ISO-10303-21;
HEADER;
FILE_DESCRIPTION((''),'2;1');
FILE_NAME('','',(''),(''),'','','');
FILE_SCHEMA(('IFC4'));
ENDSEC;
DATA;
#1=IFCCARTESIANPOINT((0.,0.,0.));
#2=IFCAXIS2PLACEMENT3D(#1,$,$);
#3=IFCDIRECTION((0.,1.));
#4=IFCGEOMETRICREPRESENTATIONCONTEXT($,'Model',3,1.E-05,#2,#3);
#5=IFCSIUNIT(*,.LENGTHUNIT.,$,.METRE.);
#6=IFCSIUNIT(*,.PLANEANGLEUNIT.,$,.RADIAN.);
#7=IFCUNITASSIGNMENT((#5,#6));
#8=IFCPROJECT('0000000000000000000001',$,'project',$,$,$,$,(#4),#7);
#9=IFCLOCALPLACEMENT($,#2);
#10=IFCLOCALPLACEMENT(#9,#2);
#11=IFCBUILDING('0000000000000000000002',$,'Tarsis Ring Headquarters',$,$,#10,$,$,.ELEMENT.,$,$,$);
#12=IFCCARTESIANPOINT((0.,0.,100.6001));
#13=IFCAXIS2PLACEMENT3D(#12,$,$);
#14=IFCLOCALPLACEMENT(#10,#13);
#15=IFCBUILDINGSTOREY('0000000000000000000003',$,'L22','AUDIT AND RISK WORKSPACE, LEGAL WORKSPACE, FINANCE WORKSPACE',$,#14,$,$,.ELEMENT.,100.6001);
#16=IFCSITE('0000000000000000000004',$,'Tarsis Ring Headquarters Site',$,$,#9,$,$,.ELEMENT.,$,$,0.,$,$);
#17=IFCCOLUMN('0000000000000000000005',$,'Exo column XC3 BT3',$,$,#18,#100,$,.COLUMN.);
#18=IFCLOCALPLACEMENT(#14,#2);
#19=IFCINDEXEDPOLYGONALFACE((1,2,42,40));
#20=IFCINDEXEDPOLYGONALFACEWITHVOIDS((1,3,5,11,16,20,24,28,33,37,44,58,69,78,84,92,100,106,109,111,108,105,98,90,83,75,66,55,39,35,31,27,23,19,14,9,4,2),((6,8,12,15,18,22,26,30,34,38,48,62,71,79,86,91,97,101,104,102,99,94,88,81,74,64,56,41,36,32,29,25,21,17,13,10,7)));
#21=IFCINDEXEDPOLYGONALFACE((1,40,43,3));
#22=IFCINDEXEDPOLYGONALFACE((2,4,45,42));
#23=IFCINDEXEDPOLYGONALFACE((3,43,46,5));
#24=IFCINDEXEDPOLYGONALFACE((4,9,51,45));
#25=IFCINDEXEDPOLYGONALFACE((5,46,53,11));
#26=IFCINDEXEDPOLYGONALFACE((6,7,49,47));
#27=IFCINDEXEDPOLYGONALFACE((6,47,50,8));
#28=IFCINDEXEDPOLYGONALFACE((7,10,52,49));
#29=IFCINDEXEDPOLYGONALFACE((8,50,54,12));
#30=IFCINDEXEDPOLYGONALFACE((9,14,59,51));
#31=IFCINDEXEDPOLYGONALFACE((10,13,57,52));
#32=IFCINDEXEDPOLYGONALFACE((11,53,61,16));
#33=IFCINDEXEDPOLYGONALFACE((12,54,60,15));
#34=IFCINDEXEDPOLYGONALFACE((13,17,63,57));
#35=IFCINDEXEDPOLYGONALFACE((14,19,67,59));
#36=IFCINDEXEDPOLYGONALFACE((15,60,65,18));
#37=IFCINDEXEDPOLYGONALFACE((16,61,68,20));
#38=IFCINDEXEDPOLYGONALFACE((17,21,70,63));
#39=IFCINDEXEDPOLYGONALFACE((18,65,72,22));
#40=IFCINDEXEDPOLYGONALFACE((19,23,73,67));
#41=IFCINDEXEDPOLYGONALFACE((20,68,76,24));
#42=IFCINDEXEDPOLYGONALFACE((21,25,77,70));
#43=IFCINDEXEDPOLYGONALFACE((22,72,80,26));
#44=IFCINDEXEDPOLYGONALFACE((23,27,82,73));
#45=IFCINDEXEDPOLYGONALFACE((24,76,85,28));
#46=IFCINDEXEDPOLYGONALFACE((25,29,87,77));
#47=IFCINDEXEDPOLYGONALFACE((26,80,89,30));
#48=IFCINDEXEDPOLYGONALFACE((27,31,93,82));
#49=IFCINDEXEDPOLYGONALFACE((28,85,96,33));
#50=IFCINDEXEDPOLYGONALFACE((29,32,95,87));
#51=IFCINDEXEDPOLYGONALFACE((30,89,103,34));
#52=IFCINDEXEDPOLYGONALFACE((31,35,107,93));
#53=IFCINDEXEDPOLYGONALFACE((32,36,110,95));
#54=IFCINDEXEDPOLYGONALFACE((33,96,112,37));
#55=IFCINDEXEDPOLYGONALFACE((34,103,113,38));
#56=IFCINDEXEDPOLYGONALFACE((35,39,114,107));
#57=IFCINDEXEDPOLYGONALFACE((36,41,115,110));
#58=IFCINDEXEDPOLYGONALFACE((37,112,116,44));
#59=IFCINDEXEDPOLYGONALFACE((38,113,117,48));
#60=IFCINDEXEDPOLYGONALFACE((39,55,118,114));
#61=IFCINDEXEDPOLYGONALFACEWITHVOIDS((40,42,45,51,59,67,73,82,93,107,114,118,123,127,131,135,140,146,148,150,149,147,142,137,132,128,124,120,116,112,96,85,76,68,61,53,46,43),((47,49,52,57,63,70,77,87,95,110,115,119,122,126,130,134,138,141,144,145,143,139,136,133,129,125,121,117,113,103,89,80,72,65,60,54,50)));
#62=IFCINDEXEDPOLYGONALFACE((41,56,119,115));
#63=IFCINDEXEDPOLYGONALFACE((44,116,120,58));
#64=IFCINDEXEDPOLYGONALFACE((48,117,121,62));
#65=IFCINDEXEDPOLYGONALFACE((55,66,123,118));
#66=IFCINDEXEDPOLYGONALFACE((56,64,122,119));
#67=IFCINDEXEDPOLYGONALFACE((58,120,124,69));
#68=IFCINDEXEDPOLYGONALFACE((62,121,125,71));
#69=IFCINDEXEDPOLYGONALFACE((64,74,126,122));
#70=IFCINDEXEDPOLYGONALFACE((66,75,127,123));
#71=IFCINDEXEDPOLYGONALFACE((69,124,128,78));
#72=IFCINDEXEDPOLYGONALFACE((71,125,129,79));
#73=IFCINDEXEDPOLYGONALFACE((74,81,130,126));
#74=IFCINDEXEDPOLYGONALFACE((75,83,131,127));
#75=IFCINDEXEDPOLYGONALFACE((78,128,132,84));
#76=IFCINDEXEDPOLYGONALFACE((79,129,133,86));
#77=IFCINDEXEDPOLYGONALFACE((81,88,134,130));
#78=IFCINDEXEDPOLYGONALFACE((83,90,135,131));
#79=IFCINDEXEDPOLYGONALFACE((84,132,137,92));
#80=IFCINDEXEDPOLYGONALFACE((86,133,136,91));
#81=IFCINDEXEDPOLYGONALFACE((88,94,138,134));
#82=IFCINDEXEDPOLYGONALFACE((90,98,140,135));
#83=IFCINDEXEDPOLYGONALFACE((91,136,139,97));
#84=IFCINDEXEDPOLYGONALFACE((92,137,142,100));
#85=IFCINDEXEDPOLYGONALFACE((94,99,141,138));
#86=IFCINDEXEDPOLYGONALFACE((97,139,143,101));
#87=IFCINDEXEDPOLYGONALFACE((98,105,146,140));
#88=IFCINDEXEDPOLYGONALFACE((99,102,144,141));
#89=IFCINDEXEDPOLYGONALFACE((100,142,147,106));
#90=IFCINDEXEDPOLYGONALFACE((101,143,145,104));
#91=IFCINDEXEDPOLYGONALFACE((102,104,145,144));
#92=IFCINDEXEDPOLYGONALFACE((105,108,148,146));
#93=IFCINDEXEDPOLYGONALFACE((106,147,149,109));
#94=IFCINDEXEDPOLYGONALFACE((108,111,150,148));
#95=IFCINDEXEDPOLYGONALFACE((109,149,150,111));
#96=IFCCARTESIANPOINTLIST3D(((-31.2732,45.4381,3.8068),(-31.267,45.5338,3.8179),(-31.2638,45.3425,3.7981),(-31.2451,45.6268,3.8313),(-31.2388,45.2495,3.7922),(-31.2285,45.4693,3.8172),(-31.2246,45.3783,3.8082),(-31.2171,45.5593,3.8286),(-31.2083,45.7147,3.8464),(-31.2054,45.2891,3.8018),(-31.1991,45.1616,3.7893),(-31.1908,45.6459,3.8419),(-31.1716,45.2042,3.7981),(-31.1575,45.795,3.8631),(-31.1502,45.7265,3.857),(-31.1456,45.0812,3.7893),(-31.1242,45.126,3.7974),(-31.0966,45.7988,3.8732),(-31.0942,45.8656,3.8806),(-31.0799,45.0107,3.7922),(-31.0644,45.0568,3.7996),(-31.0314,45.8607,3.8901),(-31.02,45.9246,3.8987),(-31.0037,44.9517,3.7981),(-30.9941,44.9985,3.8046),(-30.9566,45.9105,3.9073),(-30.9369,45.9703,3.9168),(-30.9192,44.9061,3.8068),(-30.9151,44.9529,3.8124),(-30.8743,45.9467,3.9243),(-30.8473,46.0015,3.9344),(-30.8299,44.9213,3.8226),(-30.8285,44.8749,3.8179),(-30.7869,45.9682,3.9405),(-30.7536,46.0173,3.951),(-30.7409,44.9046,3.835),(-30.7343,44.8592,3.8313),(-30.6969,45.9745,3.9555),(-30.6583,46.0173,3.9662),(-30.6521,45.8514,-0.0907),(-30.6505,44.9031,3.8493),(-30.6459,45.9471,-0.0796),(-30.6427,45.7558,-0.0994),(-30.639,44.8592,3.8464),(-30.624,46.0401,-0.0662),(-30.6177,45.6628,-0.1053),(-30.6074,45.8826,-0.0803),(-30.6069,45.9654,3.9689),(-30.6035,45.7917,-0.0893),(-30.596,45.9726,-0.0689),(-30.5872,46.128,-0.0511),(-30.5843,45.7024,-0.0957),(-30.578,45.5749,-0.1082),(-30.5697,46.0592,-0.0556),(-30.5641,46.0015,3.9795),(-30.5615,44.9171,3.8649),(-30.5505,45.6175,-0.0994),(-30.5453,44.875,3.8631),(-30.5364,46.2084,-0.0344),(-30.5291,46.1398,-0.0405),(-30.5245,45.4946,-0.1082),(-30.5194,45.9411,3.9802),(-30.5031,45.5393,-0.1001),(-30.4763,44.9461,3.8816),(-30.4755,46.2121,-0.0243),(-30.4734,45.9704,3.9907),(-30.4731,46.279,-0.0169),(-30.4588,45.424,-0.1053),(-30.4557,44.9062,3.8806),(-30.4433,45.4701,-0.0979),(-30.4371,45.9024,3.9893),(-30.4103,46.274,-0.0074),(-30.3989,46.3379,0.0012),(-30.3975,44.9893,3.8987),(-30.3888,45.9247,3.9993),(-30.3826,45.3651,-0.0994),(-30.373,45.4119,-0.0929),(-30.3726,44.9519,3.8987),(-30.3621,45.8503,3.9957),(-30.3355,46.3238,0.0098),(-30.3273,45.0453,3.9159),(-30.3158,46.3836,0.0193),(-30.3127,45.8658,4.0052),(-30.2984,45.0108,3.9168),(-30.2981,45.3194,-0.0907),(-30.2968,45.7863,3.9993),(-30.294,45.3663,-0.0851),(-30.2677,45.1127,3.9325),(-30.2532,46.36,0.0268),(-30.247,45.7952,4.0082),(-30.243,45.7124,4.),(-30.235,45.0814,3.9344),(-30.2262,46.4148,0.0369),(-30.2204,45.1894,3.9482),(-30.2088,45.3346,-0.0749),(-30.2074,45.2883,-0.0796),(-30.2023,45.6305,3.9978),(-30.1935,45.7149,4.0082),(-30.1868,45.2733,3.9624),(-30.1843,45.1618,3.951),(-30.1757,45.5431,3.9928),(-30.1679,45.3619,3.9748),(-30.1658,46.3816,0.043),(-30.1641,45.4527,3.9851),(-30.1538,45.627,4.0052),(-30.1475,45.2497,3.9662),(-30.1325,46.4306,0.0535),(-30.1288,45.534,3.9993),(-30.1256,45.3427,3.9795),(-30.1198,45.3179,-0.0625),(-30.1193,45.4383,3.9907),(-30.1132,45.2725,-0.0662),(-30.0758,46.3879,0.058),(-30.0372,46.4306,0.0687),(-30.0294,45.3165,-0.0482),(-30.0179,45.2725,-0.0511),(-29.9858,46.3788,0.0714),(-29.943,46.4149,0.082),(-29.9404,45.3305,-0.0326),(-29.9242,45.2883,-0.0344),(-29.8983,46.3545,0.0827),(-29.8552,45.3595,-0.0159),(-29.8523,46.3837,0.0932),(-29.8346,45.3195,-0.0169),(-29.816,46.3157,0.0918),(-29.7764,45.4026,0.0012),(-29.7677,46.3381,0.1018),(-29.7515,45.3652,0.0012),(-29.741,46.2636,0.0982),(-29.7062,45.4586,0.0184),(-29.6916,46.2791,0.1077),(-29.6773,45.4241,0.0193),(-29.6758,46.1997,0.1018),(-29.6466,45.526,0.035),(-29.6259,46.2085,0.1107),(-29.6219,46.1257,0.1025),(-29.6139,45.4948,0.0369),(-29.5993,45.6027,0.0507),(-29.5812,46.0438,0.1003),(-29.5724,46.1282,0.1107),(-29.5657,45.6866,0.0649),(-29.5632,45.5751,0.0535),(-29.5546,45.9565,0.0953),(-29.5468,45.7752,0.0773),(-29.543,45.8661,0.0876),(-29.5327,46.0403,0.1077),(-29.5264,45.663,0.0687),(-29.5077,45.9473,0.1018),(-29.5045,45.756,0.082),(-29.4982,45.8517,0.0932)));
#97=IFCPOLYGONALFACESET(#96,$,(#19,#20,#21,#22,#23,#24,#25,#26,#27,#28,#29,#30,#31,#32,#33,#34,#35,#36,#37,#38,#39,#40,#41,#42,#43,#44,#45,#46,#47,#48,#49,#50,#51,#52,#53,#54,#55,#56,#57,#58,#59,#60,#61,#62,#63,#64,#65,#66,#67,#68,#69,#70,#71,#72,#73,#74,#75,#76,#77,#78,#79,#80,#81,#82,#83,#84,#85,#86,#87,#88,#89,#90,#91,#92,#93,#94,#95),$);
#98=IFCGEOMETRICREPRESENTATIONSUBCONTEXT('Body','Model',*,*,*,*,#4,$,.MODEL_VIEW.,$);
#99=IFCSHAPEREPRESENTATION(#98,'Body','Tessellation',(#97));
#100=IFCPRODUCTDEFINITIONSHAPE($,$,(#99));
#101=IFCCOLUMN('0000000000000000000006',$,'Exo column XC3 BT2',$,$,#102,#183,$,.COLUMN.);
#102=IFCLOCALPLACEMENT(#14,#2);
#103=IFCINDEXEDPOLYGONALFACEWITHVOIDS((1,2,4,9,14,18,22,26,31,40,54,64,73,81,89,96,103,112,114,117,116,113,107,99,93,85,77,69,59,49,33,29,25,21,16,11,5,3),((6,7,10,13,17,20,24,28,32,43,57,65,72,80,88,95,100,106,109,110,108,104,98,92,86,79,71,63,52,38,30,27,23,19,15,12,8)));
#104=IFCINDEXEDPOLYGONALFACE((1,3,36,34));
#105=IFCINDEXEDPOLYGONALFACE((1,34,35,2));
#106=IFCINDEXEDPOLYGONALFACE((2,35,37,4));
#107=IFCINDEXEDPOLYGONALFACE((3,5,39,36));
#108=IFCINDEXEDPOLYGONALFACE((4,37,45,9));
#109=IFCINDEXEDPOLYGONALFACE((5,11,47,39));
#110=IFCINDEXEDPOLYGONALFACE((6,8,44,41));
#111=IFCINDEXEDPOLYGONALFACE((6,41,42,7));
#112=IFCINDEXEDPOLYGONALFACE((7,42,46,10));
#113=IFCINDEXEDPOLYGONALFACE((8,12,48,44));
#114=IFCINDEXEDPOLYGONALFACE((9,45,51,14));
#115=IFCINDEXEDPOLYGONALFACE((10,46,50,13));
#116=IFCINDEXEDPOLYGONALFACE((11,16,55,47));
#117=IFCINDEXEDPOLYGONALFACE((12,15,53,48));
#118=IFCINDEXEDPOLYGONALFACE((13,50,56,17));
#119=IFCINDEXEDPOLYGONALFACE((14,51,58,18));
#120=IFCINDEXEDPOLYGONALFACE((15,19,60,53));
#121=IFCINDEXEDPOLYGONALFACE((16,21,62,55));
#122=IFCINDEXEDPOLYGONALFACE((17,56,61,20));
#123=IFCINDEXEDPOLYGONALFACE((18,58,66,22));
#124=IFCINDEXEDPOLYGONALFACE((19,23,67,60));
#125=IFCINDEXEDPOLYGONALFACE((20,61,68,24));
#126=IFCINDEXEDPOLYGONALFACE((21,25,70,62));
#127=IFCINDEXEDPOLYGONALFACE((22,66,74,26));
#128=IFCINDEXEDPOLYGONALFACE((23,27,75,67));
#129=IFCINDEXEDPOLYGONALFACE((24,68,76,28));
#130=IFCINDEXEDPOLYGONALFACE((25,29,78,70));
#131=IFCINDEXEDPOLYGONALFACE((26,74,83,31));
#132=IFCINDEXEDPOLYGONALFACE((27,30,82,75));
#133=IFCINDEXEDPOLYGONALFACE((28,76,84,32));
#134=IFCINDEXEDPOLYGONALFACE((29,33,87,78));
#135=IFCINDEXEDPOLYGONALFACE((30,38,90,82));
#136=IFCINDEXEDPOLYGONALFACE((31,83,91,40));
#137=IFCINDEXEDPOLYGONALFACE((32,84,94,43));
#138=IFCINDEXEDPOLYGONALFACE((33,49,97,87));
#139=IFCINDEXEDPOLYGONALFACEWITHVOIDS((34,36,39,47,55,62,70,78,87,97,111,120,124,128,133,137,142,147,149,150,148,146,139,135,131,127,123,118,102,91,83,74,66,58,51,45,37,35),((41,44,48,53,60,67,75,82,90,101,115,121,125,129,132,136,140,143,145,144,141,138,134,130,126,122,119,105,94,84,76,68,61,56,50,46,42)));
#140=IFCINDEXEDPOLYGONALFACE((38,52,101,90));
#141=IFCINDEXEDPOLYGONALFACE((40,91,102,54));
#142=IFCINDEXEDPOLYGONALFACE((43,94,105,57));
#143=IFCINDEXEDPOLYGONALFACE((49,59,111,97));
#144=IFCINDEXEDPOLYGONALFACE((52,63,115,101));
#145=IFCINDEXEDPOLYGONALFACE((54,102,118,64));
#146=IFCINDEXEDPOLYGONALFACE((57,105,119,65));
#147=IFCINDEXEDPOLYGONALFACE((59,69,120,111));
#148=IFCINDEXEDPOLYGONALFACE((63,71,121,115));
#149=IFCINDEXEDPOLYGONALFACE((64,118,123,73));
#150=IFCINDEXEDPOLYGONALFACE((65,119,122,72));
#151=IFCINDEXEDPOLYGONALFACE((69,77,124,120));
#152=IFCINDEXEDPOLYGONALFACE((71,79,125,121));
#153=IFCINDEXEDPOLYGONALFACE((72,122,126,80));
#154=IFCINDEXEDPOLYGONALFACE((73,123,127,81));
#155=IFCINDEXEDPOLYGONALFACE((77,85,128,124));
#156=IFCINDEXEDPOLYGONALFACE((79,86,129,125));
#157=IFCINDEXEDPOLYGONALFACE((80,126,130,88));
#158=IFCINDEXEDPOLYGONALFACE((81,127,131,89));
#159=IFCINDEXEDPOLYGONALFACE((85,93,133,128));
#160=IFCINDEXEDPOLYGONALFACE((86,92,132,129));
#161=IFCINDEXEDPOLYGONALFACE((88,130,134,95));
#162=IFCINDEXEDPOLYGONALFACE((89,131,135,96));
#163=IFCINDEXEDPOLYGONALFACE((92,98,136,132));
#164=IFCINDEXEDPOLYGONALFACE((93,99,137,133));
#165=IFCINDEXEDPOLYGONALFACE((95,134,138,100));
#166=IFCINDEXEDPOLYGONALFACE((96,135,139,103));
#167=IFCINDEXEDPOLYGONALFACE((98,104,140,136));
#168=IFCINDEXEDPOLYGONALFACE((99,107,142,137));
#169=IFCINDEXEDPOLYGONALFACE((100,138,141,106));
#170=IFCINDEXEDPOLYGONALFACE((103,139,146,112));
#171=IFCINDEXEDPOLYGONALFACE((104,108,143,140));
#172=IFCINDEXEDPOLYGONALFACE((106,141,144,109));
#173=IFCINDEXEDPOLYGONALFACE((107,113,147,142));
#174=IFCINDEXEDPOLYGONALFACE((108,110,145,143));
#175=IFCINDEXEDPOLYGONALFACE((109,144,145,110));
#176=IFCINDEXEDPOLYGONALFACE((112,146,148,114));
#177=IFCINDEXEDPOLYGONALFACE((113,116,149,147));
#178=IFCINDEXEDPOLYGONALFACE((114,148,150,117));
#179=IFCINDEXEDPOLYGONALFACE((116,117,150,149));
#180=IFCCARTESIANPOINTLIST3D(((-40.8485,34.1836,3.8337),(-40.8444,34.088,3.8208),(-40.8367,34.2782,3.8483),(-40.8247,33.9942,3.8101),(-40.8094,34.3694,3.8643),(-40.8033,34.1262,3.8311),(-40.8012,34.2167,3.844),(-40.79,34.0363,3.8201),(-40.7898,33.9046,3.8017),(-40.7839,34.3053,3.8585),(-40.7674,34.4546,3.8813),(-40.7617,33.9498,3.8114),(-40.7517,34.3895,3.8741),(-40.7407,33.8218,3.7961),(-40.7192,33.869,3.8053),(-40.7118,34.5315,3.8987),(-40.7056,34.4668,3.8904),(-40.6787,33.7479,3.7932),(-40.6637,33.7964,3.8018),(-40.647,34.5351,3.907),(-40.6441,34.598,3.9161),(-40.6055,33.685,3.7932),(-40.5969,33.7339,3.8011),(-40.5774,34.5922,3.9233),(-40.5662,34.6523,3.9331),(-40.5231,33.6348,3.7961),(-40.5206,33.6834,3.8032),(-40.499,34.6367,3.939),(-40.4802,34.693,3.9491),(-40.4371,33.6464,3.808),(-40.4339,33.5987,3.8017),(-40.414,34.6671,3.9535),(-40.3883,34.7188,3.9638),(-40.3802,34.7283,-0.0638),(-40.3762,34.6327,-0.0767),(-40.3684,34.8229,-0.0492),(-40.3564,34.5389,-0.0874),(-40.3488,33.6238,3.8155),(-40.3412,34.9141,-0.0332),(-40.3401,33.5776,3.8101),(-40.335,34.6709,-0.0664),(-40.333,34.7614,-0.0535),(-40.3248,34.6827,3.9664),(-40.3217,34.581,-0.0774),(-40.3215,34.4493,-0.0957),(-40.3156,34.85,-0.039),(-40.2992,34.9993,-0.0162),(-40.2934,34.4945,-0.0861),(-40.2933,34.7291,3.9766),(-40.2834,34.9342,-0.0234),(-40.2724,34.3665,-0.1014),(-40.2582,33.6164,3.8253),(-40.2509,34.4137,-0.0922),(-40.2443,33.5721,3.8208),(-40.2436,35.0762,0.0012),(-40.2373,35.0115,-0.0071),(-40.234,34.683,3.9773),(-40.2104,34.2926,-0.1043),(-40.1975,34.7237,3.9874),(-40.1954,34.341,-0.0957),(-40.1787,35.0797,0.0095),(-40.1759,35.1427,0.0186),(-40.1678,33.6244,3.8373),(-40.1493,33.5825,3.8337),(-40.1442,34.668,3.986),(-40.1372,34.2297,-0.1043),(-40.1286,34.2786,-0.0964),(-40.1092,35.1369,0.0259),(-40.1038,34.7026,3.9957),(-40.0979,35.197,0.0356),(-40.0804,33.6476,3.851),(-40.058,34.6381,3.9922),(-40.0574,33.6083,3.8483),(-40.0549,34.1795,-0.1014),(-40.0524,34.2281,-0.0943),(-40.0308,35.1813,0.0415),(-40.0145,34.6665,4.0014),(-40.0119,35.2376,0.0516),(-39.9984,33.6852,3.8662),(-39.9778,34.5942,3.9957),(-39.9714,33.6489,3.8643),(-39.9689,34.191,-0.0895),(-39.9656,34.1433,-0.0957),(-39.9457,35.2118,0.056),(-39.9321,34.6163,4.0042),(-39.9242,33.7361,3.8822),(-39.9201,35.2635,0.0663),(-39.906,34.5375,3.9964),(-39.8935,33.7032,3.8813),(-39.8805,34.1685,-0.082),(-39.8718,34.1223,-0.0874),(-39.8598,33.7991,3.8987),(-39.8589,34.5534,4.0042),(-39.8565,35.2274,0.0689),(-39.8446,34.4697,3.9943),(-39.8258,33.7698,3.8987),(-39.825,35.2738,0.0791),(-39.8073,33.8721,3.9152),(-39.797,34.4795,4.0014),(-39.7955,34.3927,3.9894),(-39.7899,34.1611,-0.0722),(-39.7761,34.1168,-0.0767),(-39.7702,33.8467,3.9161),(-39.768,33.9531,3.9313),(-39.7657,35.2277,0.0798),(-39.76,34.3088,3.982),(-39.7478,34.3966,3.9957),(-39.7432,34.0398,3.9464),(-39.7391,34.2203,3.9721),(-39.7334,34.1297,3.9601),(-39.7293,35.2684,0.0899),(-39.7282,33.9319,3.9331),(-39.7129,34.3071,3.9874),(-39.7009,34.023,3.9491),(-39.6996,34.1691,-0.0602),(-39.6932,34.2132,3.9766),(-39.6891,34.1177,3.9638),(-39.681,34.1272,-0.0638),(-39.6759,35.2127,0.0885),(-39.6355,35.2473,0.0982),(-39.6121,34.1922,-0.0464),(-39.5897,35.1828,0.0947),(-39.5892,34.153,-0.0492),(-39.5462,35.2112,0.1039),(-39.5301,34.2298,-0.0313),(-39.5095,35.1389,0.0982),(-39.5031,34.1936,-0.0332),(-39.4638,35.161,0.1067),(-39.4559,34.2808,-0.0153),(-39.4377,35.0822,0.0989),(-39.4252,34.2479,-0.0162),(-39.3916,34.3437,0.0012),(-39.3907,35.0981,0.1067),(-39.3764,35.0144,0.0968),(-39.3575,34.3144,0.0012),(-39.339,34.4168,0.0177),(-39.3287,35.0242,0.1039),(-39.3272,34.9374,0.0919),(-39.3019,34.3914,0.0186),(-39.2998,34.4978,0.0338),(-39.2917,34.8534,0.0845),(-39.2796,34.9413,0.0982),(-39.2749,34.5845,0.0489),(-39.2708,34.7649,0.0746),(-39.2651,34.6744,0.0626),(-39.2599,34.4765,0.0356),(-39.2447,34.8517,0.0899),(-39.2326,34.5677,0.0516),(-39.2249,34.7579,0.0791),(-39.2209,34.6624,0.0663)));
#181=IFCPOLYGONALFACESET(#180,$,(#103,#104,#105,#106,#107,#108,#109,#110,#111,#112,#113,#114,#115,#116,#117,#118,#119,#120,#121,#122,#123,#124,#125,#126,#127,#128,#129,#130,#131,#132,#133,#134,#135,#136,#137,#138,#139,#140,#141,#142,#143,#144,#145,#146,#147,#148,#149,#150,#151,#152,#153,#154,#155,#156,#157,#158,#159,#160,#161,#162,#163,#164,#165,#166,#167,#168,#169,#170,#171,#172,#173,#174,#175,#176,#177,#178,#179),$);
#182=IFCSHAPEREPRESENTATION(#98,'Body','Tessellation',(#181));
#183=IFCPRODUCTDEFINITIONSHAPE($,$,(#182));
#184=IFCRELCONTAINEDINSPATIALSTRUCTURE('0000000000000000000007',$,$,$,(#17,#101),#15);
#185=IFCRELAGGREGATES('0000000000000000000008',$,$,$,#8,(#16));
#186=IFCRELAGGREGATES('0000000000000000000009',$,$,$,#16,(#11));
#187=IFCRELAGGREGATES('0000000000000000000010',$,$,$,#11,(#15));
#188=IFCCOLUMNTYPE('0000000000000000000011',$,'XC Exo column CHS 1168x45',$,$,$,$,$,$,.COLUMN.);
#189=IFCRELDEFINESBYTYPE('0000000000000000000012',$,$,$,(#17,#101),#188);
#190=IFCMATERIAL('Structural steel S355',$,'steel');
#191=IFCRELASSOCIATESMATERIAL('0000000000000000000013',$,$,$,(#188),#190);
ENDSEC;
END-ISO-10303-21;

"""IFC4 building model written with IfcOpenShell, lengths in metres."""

from ifc_helpers import new_model, si_unit, direction, frame, origin, origin_2d, place, context, subcontext, project, spatial, hollow_circle, extrude, material, material_profile, profile_set, type_object, element, save


model = new_model("IFC4")

# Units and contexts
model_context = context("Model", 3, precision=1e-05, world=origin(), true_north=direction((0.0, 1.0)))
body_context = subcontext(model_context, "Body", "Model", "MODEL_VIEW")
ifc_project = project(units=[si_unit("LENGTHUNIT", "METRE"), si_unit("PLANEANGLEUNIT", "RADIAN")], contexts=[model_context])

# Site, building, storey
site_placement = place(None, origin())
site = spatial("IfcSite", under=ifc_project, at=site_placement, Name="Tarsis Ring Headquarters Site", CompositionType="ELEMENT", RefElevation=0.0)
building_placement = place(site_placement, origin())
building = spatial("IfcBuilding", under=site, at=building_placement, Name="Tarsis Ring Headquarters", CompositionType="ELEMENT")
storey_placement = place(building_placement, frame((0.0, 0.0, 100.6001)))
storey = spatial("IfcBuildingStorey", under=building, at=storey_placement, Name="L22", Description="AUDIT AND RISK WORKSPACE, LEGAL WORKSPACE, FINANCE WORKSPACE", CompositionType="ELEMENT", Elevation=100.6001)

# Columns
ifc_material_1 = material(Name="Structural steel S355", Category="steel")
ifc_material_profile_1 = material_profile(ifc_material_1, hollow_circle(Radius=0.5842, WallThickness=0.0449, at=origin_2d()), Name="CHS 1168x45")
ifc_profile_set_1 = profile_set([ifc_material_profile_1], Name="Structural steel S355")
column_type = type_object("IfcColumnType", Name="XC Exo column CHS 1168x45", PredefinedType="COLUMN", material=ifc_profile_set_1)
column_1_placement = place(storey_placement, frame((-30.0752, 45.8516, 0.0012), z_axis=(-0.156517, -0.10416, 0.982168), x_axis=(0.55402, -0.832503, 0.0)))
element("IfcColumn", 1, at=column_1_placement, inside=storey, type_object=column_type, Name="Exo column XC3 BT3", PredefinedType="COLUMN", context=body_context, shape_type="SweptSolid", body=[
    extrude(hollow_circle(Radius=0.5842, WallThickness=0.0449, at=origin_2d()), origin(), (0.0, 0.0, 1.0), 3.9683),
])
column_2_placement = place(storey_placement, frame((-39.8005, 34.6953, 0.0012), z_axis=(-0.118155, -0.137437, 0.983438), x_axis=(0.758296, -0.65191, 0.0)))
element("IfcColumn", 2, at=column_2_placement, inside=storey, type_object=column_type, Name="Exo column XC3 BT2", PredefinedType="COLUMN", context=body_context, shape_type="SweptSolid", body=[
    extrude(hollow_circle(Radius=0.5842, WallThickness=0.0449, at=origin_2d()), origin(), (0.0, 0.0, 1.0), 3.9631),
])

save(model, "model.ifc")
